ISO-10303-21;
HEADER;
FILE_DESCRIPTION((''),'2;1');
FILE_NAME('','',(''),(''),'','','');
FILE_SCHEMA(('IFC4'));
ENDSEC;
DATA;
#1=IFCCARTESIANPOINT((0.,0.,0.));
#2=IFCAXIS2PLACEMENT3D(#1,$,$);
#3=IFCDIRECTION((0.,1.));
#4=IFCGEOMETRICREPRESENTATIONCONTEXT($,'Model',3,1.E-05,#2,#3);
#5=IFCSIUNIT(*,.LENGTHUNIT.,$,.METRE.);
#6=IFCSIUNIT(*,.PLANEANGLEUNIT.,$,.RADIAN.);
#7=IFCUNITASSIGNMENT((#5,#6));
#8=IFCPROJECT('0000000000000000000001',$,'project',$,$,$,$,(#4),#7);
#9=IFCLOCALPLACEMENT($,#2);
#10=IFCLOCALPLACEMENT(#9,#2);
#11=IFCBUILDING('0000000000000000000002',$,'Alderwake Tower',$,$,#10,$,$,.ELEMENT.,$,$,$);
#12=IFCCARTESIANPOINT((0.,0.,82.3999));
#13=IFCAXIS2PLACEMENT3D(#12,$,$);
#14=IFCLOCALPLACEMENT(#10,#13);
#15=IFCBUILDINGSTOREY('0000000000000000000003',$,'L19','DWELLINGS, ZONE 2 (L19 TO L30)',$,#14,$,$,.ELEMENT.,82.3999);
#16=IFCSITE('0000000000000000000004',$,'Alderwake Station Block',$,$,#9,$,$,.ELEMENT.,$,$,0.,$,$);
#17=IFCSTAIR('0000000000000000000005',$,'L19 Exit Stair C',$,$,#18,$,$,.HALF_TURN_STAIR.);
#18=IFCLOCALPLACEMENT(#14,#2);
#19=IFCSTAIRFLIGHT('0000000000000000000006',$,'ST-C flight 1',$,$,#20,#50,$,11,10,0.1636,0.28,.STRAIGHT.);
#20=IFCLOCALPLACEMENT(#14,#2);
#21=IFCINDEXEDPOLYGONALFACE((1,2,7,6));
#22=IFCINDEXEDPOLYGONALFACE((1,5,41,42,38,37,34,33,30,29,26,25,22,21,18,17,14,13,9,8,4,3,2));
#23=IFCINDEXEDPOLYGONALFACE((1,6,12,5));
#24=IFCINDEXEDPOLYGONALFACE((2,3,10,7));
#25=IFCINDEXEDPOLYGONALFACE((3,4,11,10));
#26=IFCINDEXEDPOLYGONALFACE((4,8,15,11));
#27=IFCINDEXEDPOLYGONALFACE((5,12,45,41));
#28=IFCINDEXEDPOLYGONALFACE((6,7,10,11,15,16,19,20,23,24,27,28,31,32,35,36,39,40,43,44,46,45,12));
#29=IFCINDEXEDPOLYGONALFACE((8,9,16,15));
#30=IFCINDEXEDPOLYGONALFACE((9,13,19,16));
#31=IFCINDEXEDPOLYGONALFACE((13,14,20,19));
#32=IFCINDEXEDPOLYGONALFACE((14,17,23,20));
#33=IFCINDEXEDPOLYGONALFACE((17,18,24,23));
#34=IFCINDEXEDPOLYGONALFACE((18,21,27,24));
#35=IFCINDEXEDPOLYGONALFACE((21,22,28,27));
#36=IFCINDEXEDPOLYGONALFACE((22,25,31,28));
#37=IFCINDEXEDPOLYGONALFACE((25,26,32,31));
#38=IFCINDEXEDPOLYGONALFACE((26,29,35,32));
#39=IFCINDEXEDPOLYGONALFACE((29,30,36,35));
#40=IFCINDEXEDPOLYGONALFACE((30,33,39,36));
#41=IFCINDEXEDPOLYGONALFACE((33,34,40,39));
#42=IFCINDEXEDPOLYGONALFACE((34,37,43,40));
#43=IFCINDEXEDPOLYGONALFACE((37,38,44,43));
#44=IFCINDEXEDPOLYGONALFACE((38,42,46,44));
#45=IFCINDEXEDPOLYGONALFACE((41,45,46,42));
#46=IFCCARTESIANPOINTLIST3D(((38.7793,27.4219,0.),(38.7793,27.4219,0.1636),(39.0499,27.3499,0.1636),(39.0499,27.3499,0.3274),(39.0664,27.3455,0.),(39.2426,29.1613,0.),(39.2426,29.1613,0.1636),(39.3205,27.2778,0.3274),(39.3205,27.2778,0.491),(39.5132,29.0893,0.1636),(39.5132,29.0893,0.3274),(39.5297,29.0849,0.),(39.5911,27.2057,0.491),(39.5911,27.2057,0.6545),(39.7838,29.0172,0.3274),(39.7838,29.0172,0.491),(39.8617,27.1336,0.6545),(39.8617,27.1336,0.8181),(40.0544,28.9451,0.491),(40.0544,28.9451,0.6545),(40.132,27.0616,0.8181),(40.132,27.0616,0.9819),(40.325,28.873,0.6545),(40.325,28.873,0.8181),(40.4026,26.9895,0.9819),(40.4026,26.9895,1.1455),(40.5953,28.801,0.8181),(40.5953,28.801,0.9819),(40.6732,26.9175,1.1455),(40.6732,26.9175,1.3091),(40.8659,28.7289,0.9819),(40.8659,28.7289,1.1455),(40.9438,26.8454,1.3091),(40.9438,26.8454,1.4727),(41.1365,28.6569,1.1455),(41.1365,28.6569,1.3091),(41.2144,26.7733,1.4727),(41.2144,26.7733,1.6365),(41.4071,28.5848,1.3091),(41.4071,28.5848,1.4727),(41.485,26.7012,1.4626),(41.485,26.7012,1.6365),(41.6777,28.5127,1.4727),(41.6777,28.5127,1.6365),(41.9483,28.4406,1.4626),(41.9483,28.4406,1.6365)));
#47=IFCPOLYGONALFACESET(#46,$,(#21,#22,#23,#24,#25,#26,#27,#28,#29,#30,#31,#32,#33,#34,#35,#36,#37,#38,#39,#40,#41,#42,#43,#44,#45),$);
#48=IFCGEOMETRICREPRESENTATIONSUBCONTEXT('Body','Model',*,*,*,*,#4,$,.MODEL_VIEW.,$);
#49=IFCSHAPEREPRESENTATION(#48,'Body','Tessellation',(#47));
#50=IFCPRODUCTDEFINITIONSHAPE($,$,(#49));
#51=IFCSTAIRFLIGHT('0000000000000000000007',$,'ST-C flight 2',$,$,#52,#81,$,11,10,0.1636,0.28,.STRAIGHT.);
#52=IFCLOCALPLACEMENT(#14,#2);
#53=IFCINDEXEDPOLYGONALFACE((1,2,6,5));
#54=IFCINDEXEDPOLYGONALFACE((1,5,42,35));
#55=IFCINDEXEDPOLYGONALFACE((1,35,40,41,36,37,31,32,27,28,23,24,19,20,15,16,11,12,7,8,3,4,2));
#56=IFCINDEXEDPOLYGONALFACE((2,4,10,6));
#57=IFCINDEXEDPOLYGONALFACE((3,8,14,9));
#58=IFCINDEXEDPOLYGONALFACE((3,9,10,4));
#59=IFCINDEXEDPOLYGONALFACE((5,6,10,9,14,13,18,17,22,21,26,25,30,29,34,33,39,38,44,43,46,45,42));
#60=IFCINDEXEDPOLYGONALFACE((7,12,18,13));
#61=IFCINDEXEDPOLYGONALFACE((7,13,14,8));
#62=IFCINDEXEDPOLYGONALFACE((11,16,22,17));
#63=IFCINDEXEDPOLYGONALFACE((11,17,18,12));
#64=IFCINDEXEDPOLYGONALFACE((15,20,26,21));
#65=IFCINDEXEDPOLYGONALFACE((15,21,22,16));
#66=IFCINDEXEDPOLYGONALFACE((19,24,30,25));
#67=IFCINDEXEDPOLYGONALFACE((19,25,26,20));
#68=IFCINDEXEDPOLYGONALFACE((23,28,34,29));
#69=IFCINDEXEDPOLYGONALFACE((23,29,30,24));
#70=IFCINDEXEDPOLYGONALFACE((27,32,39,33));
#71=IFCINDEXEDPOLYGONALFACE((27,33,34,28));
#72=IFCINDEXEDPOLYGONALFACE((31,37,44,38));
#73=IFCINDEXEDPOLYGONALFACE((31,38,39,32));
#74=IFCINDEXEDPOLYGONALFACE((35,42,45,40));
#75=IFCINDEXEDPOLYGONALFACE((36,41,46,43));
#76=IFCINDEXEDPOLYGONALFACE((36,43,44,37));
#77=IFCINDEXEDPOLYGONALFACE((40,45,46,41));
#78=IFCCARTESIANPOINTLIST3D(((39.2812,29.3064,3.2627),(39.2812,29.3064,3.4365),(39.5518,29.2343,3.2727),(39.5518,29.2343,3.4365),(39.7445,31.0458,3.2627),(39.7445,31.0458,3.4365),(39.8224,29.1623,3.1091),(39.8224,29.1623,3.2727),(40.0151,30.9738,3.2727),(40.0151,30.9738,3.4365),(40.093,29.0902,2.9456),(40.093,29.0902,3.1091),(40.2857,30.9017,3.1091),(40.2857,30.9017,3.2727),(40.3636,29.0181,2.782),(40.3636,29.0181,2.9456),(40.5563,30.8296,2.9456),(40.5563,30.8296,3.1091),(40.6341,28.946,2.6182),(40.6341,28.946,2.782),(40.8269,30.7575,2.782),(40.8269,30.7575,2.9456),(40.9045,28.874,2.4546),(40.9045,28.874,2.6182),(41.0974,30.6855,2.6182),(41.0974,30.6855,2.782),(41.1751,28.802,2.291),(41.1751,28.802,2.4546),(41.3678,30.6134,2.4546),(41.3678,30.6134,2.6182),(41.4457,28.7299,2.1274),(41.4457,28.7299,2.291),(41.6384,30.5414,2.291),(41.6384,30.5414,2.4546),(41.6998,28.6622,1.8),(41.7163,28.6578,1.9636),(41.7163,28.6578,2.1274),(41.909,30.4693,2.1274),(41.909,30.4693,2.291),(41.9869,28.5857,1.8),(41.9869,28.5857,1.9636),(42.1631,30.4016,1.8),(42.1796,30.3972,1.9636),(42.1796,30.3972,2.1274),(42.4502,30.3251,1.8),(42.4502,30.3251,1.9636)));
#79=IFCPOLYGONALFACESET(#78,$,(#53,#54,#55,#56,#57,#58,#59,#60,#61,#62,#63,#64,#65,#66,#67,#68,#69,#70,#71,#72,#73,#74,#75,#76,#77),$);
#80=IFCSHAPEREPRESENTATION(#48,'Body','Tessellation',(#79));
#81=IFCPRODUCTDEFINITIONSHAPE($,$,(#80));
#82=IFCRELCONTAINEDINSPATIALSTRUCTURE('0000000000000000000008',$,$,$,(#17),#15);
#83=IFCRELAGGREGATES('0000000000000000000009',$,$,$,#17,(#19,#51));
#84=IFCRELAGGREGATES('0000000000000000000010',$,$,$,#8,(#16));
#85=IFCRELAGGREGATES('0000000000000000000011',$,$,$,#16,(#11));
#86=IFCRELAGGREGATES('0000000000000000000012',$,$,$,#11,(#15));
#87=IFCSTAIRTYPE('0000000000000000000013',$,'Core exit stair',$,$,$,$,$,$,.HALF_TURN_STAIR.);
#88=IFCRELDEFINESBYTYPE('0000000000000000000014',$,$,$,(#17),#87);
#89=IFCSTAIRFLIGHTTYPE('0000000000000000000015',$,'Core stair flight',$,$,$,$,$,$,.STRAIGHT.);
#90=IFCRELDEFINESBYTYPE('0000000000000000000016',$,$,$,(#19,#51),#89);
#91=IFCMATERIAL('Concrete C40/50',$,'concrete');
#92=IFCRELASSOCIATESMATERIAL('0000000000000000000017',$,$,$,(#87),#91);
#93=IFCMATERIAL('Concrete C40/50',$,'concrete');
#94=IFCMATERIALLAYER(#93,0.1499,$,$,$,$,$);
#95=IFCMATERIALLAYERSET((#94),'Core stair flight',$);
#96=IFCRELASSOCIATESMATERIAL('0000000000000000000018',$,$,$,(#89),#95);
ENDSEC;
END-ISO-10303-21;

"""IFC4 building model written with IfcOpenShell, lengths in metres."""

from ifc_helpers import new_model, si_unit, direction, frame, origin, place, context, subcontext, project, spatial, polyline, outline, extrude, material, layer, layer_set, type_object, element, aggregate, save


model = new_model("IFC4")

# Units and contexts
model_context = context("Model", 3, precision=1e-05, world=origin(), true_north=direction((0.0, 1.0)))
body_context = subcontext(model_context, "Body", "Model", "MODEL_VIEW")
ifc_project = project(units=[si_unit("LENGTHUNIT", "METRE"), si_unit("PLANEANGLEUNIT", "RADIAN")], contexts=[model_context])

# Site, building, storey
site_placement = place(None, origin())
site = spatial("IfcSite", under=ifc_project, at=site_placement, Name="Alderwake Station Block", CompositionType="ELEMENT", RefElevation=0.0)
building_placement = place(site_placement, origin())
building = spatial("IfcBuilding", under=site, at=building_placement, Name="Alderwake Tower", CompositionType="ELEMENT")
storey_placement = place(building_placement, frame((0.0, 0.0, 82.3999)))
storey = spatial("IfcBuildingStorey", under=building, at=storey_placement, Name="L19", Description="DWELLINGS, ZONE 2 (L19 TO L30)", CompositionType="ELEMENT", Elevation=82.3999)

# Stair, stair flights
ifc_material_1 = material(Name="Concrete C40/50", Category="concrete")
stair_type = type_object("IfcStairType", Name="Core exit stair", PredefinedType="HALF_TURN_STAIR", material=ifc_material_1)
stair_placement = place(storey_placement, origin())
stair = element("IfcStair", 1, at=stair_placement, inside=storey, type_object=stair_type, Name="L19 Exit Stair C", PredefinedType="HALF_TURN_STAIR")
ifc_material_2 = material(Name="Concrete C40/50", Category="concrete")
ifc_layer_1 = layer(ifc_material_2, 0.1499)
ifc_layer_set_1 = layer_set([ifc_layer_1], Name="Core stair flight")
stair_flight_type = type_object("IfcStairFlightType", Name="Core stair flight", PredefinedType="STRAIGHT", material=ifc_layer_set_1)
stair_flight_1_placement = place(storey_placement, frame((39.011, 28.2917, 0.0), z_axis=(0.0, 0.0, 1.0), x_axis=(0.96631, -0.257382, 0.0)))
stair_flight_1 = element("IfcStairFlight", 2, at=stair_flight_1_placement, type_object=stair_flight_type, Name="ST-C flight 1", NumberOfRisers=11, NumberOfTreads=10, PredefinedType="STRAIGHT", RiserHeight=0.1636, TreadLength=0.28, context=body_context, shape_type="SweptSolid", body=[
    extrude(outline(polyline([(0.0, 0.0), (0.0, 0.1636), (0.28, 0.1636), (0.28, 0.3274), (0.5601, 0.3274), (0.5601, 0.491), (0.8401, 0.491), (0.8401, 0.6545), (1.1201, 0.6545), (1.1201, 0.8181), (1.3999, 0.8181), (1.3999, 0.9819), (1.6799, 0.9819), (1.6799, 1.1455), (1.96, 1.1455), (1.96, 1.3091), (2.24, 1.3091), (2.24, 1.4727), (2.52, 1.4727), (2.52, 1.6365), (2.8, 1.6365), (2.8, 1.8), (2.8, 1.4626), (0.2971, 0.0), (0.0, 0.0)])), frame((0.0, 0.8999, 0.0), z_axis=(0.0, -1.0, 0.0), x_axis=(1.0, 0.0, 0.0)), (0.0, 0.0, 1.0), 1.8),
])
stair_flight_2_placement = place(storey_placement, frame((42.2185, 29.4553, 1.8), z_axis=(0.0, 0.0, 1.0), x_axis=(-0.96631, 0.257382, 0.0)))
stair_flight_2 = element("IfcStairFlight", 3, at=stair_flight_2_placement, type_object=stair_flight_type, Name="ST-C flight 2", NumberOfRisers=11, NumberOfTreads=10, PredefinedType="STRAIGHT", RiserHeight=0.1636, TreadLength=0.28, context=body_context, shape_type="SweptSolid", body=[
    extrude(outline(polyline([(0.0, 0.0), (0.0, 0.1636), (0.28, 0.1636), (0.28, 0.3274), (0.5601, 0.3274), (0.5601, 0.491), (0.8401, 0.491), (0.8401, 0.6545), (1.1201, 0.6545), (1.1201, 0.8181), (1.3999, 0.8181), (1.3999, 0.9819), (1.6799, 0.9819), (1.6799, 1.1455), (1.96, 1.1455), (1.96, 1.3091), (2.24, 1.3091), (2.24, 1.4727), (2.52, 1.4727), (2.52, 1.6365), (2.8, 1.6365), (2.8, 1.8), (2.8, 1.4626), (0.2971, 0.0), (0.0, 0.0)])), frame((0.0, 0.8999, 0.0), z_axis=(0.0, -1.0, 0.0), x_axis=(1.0, 0.0, 0.0)), (0.0, 0.0, 1.0), 1.8),
])
aggregate(stair, [stair_flight_1, stair_flight_2])

save(model, "model.ifc")
